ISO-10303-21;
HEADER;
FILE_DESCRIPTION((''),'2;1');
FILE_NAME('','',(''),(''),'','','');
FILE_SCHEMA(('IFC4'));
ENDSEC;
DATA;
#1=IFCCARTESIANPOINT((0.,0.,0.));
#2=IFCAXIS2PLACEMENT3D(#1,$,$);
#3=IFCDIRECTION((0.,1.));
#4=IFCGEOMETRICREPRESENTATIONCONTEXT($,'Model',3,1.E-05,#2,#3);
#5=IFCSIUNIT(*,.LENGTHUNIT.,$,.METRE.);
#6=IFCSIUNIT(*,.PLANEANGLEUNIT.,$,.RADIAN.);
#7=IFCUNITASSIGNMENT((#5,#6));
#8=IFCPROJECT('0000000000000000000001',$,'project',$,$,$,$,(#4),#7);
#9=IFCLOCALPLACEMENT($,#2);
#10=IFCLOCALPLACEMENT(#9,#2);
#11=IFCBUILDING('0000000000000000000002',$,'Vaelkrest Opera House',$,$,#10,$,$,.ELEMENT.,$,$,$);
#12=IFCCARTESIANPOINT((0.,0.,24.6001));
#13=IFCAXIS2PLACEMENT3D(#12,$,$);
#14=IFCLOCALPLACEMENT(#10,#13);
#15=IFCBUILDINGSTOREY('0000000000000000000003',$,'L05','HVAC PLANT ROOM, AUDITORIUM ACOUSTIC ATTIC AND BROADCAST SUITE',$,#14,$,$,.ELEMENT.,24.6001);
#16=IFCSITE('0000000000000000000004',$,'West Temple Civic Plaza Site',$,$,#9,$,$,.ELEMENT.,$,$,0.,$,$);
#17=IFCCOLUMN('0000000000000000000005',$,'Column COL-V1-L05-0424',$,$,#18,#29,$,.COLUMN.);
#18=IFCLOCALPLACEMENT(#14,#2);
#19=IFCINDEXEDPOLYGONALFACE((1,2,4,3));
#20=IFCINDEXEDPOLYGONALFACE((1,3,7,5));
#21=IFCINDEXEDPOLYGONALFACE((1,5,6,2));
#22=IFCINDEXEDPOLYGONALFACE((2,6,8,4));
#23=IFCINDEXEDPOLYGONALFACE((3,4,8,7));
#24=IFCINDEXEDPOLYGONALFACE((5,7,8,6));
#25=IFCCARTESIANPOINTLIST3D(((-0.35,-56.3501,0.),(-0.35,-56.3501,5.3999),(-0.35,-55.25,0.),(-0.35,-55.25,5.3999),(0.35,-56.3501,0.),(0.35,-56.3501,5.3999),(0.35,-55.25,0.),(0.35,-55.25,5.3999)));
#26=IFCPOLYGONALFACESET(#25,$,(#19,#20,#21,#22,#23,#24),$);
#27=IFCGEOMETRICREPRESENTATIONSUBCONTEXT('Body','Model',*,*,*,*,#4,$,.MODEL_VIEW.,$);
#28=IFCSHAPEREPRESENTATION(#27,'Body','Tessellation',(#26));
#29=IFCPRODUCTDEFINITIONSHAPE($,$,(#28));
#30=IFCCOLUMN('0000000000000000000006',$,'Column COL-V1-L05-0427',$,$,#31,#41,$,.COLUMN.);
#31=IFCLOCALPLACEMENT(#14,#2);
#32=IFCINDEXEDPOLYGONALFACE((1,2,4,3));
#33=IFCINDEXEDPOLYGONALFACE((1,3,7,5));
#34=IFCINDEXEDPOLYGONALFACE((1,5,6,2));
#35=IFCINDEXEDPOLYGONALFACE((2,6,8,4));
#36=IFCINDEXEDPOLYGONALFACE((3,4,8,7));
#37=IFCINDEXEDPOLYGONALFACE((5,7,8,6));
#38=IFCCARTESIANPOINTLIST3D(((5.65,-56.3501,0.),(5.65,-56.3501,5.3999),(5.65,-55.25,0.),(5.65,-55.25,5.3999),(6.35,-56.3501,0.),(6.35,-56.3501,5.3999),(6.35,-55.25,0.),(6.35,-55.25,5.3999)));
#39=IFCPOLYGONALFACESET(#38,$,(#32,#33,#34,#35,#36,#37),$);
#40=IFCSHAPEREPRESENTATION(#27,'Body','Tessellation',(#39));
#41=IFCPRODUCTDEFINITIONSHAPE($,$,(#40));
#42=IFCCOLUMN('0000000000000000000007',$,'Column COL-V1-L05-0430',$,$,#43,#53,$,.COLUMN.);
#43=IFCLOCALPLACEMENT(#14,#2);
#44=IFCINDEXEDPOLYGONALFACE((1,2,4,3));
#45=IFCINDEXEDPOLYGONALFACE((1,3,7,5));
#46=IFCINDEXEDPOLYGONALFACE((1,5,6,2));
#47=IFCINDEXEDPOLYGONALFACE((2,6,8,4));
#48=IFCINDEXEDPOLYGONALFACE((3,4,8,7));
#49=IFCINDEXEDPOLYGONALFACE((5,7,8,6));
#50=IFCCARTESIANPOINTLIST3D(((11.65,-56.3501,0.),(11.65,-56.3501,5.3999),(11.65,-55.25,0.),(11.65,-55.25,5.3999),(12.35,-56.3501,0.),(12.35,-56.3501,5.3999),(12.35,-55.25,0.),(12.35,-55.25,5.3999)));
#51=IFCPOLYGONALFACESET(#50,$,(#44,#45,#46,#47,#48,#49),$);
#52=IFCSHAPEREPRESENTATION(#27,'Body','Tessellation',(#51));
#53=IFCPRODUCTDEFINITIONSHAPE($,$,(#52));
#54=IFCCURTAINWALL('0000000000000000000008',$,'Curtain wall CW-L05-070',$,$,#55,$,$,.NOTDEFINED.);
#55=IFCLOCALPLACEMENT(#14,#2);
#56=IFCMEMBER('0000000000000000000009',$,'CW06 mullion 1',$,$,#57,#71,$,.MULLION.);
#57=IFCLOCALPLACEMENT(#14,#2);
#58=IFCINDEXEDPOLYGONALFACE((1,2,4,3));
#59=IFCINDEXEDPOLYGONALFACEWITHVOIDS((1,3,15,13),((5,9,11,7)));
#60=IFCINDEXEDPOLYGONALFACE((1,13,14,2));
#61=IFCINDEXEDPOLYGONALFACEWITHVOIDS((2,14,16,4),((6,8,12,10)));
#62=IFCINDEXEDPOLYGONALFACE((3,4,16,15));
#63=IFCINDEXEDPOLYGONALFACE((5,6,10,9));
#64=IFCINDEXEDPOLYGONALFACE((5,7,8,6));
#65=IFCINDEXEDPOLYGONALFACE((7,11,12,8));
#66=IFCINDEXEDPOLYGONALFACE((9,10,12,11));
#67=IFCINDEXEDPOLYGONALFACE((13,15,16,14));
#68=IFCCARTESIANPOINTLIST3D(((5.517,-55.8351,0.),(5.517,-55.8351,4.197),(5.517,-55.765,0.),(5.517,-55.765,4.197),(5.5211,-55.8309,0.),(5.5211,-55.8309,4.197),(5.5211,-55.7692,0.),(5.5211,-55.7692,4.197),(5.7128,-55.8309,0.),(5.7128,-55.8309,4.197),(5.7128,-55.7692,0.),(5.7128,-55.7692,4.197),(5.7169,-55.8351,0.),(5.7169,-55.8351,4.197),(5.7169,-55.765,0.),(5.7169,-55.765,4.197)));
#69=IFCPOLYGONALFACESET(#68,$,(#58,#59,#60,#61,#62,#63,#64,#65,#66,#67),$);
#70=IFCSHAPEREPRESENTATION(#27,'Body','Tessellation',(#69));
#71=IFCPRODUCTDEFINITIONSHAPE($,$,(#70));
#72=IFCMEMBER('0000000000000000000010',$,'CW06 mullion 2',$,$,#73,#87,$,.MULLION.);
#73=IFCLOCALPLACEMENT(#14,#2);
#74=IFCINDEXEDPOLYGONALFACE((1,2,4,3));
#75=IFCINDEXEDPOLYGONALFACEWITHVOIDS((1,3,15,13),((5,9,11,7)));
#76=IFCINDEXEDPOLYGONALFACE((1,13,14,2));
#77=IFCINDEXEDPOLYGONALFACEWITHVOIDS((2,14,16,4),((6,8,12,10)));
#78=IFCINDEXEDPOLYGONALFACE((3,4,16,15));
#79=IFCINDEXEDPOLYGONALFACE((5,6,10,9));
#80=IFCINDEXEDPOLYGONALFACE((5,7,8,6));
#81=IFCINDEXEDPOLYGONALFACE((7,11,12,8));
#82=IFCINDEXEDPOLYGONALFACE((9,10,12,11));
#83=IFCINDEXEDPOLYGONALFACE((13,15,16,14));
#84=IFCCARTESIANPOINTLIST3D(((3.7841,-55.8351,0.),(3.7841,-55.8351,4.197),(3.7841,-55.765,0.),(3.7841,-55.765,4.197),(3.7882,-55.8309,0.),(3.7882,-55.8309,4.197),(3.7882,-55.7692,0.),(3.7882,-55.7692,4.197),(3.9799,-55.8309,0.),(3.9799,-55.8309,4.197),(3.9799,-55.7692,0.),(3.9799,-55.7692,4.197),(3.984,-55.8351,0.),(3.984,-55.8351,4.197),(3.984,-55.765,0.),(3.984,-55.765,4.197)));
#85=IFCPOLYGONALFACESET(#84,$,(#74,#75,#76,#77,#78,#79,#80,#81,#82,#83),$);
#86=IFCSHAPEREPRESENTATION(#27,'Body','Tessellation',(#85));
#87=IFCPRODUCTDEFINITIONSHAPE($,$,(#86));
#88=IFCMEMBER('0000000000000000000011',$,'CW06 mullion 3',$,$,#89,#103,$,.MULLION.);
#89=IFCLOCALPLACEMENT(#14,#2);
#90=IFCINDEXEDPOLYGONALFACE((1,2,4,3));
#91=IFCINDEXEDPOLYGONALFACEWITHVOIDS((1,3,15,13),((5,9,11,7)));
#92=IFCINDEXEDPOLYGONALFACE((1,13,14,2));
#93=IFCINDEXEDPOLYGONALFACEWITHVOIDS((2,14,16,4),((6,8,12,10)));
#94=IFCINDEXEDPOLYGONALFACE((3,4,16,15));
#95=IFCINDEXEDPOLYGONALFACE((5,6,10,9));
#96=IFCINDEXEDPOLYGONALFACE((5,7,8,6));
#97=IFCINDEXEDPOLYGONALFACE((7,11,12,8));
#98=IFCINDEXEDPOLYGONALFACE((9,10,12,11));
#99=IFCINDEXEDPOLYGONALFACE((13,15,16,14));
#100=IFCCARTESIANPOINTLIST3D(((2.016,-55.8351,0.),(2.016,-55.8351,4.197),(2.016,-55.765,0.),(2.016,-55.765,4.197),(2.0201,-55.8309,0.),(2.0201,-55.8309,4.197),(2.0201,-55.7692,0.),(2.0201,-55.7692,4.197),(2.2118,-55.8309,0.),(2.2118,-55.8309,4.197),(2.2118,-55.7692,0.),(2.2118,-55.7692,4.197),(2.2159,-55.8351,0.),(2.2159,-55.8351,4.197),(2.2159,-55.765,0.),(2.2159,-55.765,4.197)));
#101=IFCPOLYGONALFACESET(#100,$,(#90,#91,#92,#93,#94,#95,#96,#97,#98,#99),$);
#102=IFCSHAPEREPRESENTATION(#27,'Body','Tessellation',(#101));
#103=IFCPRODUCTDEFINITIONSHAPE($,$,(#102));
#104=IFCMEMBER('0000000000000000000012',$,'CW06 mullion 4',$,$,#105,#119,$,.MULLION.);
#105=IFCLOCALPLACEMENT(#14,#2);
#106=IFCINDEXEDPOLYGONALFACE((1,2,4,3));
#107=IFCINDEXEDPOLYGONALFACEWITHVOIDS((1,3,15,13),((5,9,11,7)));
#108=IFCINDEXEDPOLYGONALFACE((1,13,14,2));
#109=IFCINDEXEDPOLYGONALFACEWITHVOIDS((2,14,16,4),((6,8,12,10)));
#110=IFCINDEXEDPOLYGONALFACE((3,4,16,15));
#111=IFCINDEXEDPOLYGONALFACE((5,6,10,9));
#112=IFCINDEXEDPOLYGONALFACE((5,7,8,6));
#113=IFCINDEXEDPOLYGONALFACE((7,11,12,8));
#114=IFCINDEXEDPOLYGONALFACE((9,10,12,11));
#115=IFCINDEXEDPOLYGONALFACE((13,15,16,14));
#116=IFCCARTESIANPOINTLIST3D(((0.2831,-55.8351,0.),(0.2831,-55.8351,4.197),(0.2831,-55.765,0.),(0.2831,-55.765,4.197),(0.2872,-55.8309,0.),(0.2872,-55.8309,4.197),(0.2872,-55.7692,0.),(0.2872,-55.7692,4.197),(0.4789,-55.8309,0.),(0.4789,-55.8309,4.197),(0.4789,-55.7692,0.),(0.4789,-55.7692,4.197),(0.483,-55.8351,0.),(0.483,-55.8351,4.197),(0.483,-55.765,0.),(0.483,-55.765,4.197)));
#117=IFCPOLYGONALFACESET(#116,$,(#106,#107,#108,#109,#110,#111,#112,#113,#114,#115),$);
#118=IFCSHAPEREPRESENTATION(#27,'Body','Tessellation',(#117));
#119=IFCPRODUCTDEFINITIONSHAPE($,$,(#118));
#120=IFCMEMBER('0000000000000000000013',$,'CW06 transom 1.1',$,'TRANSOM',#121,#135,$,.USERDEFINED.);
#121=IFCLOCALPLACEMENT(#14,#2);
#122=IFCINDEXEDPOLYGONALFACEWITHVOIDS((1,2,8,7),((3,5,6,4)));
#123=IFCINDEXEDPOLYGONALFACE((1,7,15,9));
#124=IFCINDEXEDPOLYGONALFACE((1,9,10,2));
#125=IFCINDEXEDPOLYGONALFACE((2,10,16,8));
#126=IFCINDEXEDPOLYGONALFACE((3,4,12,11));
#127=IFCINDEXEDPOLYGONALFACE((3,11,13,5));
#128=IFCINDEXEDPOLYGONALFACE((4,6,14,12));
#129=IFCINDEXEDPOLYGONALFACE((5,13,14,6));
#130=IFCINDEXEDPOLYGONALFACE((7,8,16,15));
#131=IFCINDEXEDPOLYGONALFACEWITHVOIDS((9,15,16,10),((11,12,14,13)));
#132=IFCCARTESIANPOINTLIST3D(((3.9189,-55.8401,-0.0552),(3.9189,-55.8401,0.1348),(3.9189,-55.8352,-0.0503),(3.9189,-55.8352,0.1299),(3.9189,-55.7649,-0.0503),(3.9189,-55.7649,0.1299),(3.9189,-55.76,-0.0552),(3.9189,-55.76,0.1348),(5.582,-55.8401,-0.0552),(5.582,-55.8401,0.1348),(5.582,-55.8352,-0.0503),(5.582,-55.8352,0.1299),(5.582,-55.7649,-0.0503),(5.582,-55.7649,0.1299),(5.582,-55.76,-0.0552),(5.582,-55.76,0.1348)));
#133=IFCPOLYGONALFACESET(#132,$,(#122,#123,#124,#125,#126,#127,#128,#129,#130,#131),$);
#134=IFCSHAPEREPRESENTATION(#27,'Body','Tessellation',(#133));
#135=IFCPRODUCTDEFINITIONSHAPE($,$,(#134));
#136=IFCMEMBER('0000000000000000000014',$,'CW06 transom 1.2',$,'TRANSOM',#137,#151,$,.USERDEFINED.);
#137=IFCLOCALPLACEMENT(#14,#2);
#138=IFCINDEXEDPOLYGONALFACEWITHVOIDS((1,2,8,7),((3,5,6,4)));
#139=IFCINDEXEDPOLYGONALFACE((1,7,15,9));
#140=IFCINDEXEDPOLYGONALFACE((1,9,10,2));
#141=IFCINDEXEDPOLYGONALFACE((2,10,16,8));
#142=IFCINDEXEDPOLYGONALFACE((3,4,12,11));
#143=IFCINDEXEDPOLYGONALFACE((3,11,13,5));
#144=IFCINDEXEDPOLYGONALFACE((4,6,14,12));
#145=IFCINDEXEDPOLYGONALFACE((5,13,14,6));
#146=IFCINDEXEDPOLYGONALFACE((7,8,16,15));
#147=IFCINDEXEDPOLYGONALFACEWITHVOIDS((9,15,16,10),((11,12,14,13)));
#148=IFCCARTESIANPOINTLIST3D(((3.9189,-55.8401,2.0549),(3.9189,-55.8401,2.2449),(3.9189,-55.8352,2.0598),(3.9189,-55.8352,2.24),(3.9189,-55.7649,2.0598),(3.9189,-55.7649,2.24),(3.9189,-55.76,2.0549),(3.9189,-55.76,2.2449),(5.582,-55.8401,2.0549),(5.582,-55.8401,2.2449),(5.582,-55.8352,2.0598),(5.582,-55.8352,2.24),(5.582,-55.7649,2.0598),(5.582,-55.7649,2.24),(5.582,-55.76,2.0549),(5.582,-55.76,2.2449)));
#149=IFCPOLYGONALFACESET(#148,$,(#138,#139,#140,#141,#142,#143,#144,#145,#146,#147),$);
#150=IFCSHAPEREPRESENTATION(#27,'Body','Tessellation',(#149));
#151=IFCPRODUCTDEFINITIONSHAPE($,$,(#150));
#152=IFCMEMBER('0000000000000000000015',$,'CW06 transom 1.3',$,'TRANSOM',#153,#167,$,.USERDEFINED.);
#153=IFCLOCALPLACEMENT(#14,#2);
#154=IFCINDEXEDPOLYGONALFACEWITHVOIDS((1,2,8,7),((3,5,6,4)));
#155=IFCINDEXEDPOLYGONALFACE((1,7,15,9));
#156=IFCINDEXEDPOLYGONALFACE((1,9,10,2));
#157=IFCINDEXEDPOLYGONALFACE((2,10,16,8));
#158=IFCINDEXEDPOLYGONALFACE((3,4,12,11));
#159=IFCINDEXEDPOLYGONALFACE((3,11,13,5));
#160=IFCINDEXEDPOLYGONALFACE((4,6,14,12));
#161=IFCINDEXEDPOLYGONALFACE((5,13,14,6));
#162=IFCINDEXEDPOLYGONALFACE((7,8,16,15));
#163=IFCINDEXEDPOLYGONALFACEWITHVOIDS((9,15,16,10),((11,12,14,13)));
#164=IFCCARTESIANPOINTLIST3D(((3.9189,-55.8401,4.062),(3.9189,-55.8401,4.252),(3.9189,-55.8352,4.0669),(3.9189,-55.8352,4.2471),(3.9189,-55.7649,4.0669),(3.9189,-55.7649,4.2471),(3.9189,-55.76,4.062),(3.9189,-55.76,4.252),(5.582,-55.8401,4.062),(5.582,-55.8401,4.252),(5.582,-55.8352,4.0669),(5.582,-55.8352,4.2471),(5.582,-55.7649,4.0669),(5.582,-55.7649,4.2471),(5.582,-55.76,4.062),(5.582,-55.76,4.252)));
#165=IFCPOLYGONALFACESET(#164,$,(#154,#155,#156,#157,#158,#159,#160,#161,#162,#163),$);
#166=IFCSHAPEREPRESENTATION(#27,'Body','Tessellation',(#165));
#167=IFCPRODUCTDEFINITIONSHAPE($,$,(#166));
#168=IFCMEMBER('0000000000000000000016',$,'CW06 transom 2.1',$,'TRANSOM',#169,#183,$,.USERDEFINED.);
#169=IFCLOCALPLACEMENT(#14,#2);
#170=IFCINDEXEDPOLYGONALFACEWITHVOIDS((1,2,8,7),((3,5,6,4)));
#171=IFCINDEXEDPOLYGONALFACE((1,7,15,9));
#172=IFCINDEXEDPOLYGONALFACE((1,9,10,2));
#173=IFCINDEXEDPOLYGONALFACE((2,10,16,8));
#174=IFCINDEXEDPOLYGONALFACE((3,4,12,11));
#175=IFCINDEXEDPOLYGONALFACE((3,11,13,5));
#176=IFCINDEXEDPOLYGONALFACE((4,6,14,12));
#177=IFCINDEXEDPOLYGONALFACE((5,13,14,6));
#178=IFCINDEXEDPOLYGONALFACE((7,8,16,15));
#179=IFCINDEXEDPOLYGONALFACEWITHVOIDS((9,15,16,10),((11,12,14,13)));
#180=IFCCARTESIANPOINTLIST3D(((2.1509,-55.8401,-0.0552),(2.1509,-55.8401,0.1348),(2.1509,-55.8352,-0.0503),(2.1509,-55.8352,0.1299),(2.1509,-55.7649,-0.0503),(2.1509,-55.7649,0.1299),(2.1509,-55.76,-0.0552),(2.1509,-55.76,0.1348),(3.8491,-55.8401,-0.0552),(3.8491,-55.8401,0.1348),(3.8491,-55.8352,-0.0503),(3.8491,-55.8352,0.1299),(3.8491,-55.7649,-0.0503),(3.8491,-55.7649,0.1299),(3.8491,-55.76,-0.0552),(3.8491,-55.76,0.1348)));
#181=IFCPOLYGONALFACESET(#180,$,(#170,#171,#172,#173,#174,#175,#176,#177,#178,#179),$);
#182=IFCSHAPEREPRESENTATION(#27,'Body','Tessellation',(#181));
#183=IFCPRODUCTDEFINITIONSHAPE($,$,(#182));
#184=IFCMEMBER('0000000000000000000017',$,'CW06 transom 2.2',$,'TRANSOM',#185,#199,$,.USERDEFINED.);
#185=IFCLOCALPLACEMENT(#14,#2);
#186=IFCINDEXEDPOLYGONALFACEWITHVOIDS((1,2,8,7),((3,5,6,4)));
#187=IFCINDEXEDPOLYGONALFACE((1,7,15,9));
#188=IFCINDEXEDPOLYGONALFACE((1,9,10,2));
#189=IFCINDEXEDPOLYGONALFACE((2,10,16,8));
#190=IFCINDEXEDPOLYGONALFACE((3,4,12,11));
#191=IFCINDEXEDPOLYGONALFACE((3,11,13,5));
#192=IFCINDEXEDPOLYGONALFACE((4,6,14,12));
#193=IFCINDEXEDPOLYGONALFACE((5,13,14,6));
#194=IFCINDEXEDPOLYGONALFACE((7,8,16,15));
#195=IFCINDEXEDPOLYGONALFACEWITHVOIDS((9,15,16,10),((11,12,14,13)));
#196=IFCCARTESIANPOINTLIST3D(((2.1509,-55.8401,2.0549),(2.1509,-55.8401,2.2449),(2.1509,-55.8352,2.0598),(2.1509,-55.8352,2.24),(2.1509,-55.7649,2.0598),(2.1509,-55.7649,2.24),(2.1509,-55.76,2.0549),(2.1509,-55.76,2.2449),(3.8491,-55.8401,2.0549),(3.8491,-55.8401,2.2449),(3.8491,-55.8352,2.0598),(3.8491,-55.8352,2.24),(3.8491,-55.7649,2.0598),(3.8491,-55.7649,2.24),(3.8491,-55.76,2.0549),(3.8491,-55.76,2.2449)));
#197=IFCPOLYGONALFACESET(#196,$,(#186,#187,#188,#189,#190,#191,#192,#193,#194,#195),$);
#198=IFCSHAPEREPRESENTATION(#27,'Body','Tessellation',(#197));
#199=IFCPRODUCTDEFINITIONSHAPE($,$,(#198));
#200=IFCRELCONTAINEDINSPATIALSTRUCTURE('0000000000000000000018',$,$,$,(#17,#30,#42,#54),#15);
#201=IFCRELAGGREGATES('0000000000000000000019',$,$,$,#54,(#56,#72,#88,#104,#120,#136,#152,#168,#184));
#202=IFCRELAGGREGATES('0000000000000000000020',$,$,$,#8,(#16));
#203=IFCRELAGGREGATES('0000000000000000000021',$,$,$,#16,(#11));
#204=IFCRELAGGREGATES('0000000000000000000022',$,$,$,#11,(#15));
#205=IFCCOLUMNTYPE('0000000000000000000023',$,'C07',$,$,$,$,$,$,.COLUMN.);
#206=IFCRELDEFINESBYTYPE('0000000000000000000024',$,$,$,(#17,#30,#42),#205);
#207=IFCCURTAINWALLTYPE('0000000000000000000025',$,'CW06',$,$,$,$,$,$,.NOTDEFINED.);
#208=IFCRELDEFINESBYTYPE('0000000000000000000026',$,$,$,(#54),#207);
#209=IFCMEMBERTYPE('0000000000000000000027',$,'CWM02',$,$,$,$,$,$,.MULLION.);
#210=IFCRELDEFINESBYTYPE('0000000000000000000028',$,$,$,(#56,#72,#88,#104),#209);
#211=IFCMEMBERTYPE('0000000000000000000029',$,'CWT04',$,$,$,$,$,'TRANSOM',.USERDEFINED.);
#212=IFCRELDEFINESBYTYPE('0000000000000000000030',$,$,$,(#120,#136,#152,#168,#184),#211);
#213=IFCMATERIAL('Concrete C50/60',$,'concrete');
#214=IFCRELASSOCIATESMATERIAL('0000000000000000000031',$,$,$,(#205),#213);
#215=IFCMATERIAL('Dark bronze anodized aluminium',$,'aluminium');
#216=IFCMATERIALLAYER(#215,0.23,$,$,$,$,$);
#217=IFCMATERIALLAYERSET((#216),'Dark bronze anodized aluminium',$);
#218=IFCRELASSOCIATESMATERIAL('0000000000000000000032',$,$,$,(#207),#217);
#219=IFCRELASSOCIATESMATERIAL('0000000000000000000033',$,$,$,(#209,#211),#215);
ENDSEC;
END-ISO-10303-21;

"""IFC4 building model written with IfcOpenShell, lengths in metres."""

from ifc_helpers import new_model, si_unit, direction, frame, origin, origin_2d, place, context, subcontext, project, spatial, rectangle, hollow_rectangle, extrude, material, layer, layer_set, material_profile, profile_set, type_object, element, aggregate, save


model = new_model("IFC4")

# Units and contexts
model_context = context("Model", 3, precision=1e-05, world=origin(), true_north=direction((0.0, 1.0)))
body_context = subcontext(model_context, "Body", "Model", "MODEL_VIEW")
ifc_project = project(units=[si_unit("LENGTHUNIT", "METRE"), si_unit("PLANEANGLEUNIT", "RADIAN")], contexts=[model_context])

# Site, building, storey
site_placement = place(None, origin())
site = spatial("IfcSite", under=ifc_project, at=site_placement, Name="West Temple Civic Plaza Site", CompositionType="ELEMENT", RefElevation=0.0)
building_placement = place(site_placement, origin())
building = spatial("IfcBuilding", under=site, at=building_placement, Name="Vaelkrest Opera House", CompositionType="ELEMENT")
storey_placement = place(building_placement, frame((0.0, 0.0, 24.6001)))
storey = spatial("IfcBuildingStorey", under=building, at=storey_placement, Name="L05", Description="HVAC PLANT ROOM, AUDITORIUM ACOUSTIC ATTIC AND BROADCAST SUITE", CompositionType="ELEMENT", Elevation=24.6001)

# Columns
ifc_material_1 = material(Name="Concrete C50/60", Category="concrete")
ifc_material_profile_1 = material_profile(ifc_material_1, rectangle(XDim=0.7, YDim=1.1001, at=origin_2d()), Name="RC700X1100")
ifc_profile_set_1 = profile_set([ifc_material_profile_1], Name="Concrete C50/60")
column_type = type_object("IfcColumnType", Name="C07", PredefinedType="COLUMN", material=ifc_profile_set_1)
for number, where, z_axis, x_axis, name in (
    (1, (0.0, -55.8, 0.0), (0.0, 0.0, 1.0), (1.0, 0.0, 0.0), "Column COL-V1-L05-0424"),
    (2, (6.0, -55.8, 0.0), (0.0, 0.0, 1.0), (1.0, 0.0, 0.0), "Column COL-V1-L05-0427"),
    (3, (12.0, -55.8, 0.0), (0.0, 0.0, 1.0), (1.0, 0.0, 0.0), "Column COL-V1-L05-0430"),
):
    element("IfcColumn", number, at=place(storey_placement, frame(where, z_axis=z_axis, x_axis=x_axis)), inside=storey, type_object=column_type, Name=name, PredefinedType="COLUMN", context=body_context, shape_type="SweptSolid", body=[
        extrude(rectangle(XDim=0.7, YDim=1.1001, at=origin_2d()), origin(), (0.0, 0.0, 1.0), 5.3999),
    ])

# Curtain wall, members
ifc_material_2 = material(Name="Dark bronze anodized aluminium", Category="aluminium")
ifc_layer_1 = layer(ifc_material_2, 0.23)
ifc_layer_set_1 = layer_set([ifc_layer_1], Name="Dark bronze anodized aluminium")
curtain_wall_type = type_object("IfcCurtainWallType", Name="CW06", PredefinedType="NOTDEFINED", material=ifc_layer_set_1)
curtain_wall_placement = place(storey_placement, origin())
curtain_wall = element("IfcCurtainWall", 4, at=curtain_wall_placement, inside=storey, type_object=curtain_wall_type, Name="Curtain wall CW-L05-070", PredefinedType="NOTDEFINED")
ifc_material_profile_2 = material_profile(ifc_material_2, hollow_rectangle(XDim=0.0701, YDim=0.2, WallThickness=0.0042, at=origin_2d()), Name="CWM70X200")
ifc_profile_set_2 = profile_set([ifc_material_profile_2], Name="Dark bronze anodized aluminium")
member_type_1 = type_object("IfcMemberType", Name="CWM02", PredefinedType="MULLION", material=ifc_profile_set_2)
member_1_placement = place(storey_placement, frame((5.6169, -55.8, 0.0), z_axis=(0.0, 0.0, 1.0), x_axis=(0.0, -1.0, 0.0)))
member_1 = element("IfcMember", 5, at=member_1_placement, type_object=member_type_1, Name="CW06 mullion 1", PredefinedType="MULLION", context=body_context, shape_type="SweptSolid", body=[
    extrude(hollow_rectangle(XDim=0.0701, YDim=0.2, WallThickness=0.0042, at=origin_2d()), origin(), (0.0, 0.0, 1.0), 4.197),
])
member_2_placement = place(storey_placement, frame((3.884, -55.8, 0.0), z_axis=(0.0, 0.0, 1.0), x_axis=(0.0, -1.0, 0.0)))
member_2 = element("IfcMember", 6, at=member_2_placement, type_object=member_type_1, Name="CW06 mullion 2", PredefinedType="MULLION", context=body_context, shape_type="SweptSolid", body=[
    extrude(hollow_rectangle(XDim=0.0701, YDim=0.2, WallThickness=0.0042, at=origin_2d()), origin(), (0.0, 0.0, 1.0), 4.197),
])
member_3_placement = place(storey_placement, frame((2.116, -55.8, 0.0), z_axis=(0.0, 0.0, 1.0), x_axis=(0.0, -1.0, 0.0)))
member_3 = element("IfcMember", 7, at=member_3_placement, type_object=member_type_1, Name="CW06 mullion 3", PredefinedType="MULLION", context=body_context, shape_type="SweptSolid", body=[
    extrude(hollow_rectangle(XDim=0.0701, YDim=0.2, WallThickness=0.0042, at=origin_2d()), origin(), (0.0, 0.0, 1.0), 4.197),
])
member_4_placement = place(storey_placement, frame((0.3831, -55.8, 0.0), z_axis=(0.0, 0.0, 1.0), x_axis=(0.0, -1.0, 0.0)))
member_4 = element("IfcMember", 8, at=member_4_placement, type_object=member_type_1, Name="CW06 mullion 4", PredefinedType="MULLION", context=body_context, shape_type="SweptSolid", body=[
    extrude(hollow_rectangle(XDim=0.0701, YDim=0.2, WallThickness=0.0042, at=origin_2d()), origin(), (0.0, 0.0, 1.0), 4.197),
])
ifc_material_profile_3 = material_profile(ifc_material_2, hollow_rectangle(XDim=0.0801, YDim=0.1899, WallThickness=0.0049, at=origin_2d()), Name="CWT80X190")
ifc_profile_set_3 = profile_set([ifc_material_profile_3], Name="Dark bronze anodized aluminium")
member_type_2 = type_object("IfcMemberType", Name="CWT04", ElementType="TRANSOM", PredefinedType="USERDEFINED", material=ifc_profile_set_3)
member_5_placement = place(storey_placement, frame((5.582, -55.8, 0.0398), z_axis=(-1.0, 0.0, 0.0), x_axis=(0.0, -1.0, 0.0)))
member_5 = element("IfcMember", 9, at=member_5_placement, type_object=member_type_2, Name="CW06 transom 1.1", ObjectType="TRANSOM", PredefinedType="USERDEFINED", context=body_context, shape_type="SweptSolid", body=[
    extrude(hollow_rectangle(XDim=0.0801, YDim=0.1899, WallThickness=0.0049, at=origin_2d()), origin(), (0.0, 0.0, 1.0), 1.6631),
])
member_6_placement = place(storey_placement, frame((5.582, -55.8, 2.1499), z_axis=(-1.0, 0.0, 0.0), x_axis=(0.0, -1.0, 0.0)))
member_6 = element("IfcMember", 10, at=member_6_placement, type_object=member_type_2, Name="CW06 transom 1.2", ObjectType="TRANSOM", PredefinedType="USERDEFINED", context=body_context, shape_type="SweptSolid", body=[
    extrude(hollow_rectangle(XDim=0.0801, YDim=0.1899, WallThickness=0.0049, at=origin_2d()), origin(), (0.0, 0.0, 1.0), 1.6631),
])
member_7_placement = place(storey_placement, frame((5.582, -55.8, 4.157), z_axis=(-1.0, 0.0, 0.0), x_axis=(0.0, -1.0, 0.0)))
member_7 = element("IfcMember", 11, at=member_7_placement, type_object=member_type_2, Name="CW06 transom 1.3", ObjectType="TRANSOM", PredefinedType="USERDEFINED", context=body_context, shape_type="SweptSolid", body=[
    extrude(hollow_rectangle(XDim=0.0801, YDim=0.1899, WallThickness=0.0049, at=origin_2d()), origin(), (0.0, 0.0, 1.0), 1.6631),
])
member_8_placement = place(storey_placement, frame((3.8491, -55.8, 0.0398), z_axis=(-1.0, 0.0, 0.0), x_axis=(0.0, -1.0, 0.0)))
member_8 = element("IfcMember", 12, at=member_8_placement, type_object=member_type_2, Name="CW06 transom 2.1", ObjectType="TRANSOM", PredefinedType="USERDEFINED", context=body_context, shape_type="SweptSolid", body=[
    extrude(hollow_rectangle(XDim=0.0801, YDim=0.1899, WallThickness=0.0049, at=origin_2d()), origin(), (0.0, 0.0, 1.0), 1.6982),
])
member_9_placement = place(storey_placement, frame((3.8491, -55.8, 2.1499), z_axis=(-1.0, 0.0, 0.0), x_axis=(0.0, -1.0, 0.0)))
member_9 = element("IfcMember", 13, at=member_9_placement, type_object=member_type_2, Name="CW06 transom 2.2", ObjectType="TRANSOM", PredefinedType="USERDEFINED", context=body_context, shape_type="SweptSolid", body=[
    extrude(hollow_rectangle(XDim=0.0801, YDim=0.1899, WallThickness=0.0049, at=origin_2d()), origin(), (0.0, 0.0, 1.0), 1.6982),
])

aggregate(curtain_wall, [member_1, member_2, member_3, member_4, member_5, member_6, member_7, member_8, member_9])

save(model, "model.ifc")
